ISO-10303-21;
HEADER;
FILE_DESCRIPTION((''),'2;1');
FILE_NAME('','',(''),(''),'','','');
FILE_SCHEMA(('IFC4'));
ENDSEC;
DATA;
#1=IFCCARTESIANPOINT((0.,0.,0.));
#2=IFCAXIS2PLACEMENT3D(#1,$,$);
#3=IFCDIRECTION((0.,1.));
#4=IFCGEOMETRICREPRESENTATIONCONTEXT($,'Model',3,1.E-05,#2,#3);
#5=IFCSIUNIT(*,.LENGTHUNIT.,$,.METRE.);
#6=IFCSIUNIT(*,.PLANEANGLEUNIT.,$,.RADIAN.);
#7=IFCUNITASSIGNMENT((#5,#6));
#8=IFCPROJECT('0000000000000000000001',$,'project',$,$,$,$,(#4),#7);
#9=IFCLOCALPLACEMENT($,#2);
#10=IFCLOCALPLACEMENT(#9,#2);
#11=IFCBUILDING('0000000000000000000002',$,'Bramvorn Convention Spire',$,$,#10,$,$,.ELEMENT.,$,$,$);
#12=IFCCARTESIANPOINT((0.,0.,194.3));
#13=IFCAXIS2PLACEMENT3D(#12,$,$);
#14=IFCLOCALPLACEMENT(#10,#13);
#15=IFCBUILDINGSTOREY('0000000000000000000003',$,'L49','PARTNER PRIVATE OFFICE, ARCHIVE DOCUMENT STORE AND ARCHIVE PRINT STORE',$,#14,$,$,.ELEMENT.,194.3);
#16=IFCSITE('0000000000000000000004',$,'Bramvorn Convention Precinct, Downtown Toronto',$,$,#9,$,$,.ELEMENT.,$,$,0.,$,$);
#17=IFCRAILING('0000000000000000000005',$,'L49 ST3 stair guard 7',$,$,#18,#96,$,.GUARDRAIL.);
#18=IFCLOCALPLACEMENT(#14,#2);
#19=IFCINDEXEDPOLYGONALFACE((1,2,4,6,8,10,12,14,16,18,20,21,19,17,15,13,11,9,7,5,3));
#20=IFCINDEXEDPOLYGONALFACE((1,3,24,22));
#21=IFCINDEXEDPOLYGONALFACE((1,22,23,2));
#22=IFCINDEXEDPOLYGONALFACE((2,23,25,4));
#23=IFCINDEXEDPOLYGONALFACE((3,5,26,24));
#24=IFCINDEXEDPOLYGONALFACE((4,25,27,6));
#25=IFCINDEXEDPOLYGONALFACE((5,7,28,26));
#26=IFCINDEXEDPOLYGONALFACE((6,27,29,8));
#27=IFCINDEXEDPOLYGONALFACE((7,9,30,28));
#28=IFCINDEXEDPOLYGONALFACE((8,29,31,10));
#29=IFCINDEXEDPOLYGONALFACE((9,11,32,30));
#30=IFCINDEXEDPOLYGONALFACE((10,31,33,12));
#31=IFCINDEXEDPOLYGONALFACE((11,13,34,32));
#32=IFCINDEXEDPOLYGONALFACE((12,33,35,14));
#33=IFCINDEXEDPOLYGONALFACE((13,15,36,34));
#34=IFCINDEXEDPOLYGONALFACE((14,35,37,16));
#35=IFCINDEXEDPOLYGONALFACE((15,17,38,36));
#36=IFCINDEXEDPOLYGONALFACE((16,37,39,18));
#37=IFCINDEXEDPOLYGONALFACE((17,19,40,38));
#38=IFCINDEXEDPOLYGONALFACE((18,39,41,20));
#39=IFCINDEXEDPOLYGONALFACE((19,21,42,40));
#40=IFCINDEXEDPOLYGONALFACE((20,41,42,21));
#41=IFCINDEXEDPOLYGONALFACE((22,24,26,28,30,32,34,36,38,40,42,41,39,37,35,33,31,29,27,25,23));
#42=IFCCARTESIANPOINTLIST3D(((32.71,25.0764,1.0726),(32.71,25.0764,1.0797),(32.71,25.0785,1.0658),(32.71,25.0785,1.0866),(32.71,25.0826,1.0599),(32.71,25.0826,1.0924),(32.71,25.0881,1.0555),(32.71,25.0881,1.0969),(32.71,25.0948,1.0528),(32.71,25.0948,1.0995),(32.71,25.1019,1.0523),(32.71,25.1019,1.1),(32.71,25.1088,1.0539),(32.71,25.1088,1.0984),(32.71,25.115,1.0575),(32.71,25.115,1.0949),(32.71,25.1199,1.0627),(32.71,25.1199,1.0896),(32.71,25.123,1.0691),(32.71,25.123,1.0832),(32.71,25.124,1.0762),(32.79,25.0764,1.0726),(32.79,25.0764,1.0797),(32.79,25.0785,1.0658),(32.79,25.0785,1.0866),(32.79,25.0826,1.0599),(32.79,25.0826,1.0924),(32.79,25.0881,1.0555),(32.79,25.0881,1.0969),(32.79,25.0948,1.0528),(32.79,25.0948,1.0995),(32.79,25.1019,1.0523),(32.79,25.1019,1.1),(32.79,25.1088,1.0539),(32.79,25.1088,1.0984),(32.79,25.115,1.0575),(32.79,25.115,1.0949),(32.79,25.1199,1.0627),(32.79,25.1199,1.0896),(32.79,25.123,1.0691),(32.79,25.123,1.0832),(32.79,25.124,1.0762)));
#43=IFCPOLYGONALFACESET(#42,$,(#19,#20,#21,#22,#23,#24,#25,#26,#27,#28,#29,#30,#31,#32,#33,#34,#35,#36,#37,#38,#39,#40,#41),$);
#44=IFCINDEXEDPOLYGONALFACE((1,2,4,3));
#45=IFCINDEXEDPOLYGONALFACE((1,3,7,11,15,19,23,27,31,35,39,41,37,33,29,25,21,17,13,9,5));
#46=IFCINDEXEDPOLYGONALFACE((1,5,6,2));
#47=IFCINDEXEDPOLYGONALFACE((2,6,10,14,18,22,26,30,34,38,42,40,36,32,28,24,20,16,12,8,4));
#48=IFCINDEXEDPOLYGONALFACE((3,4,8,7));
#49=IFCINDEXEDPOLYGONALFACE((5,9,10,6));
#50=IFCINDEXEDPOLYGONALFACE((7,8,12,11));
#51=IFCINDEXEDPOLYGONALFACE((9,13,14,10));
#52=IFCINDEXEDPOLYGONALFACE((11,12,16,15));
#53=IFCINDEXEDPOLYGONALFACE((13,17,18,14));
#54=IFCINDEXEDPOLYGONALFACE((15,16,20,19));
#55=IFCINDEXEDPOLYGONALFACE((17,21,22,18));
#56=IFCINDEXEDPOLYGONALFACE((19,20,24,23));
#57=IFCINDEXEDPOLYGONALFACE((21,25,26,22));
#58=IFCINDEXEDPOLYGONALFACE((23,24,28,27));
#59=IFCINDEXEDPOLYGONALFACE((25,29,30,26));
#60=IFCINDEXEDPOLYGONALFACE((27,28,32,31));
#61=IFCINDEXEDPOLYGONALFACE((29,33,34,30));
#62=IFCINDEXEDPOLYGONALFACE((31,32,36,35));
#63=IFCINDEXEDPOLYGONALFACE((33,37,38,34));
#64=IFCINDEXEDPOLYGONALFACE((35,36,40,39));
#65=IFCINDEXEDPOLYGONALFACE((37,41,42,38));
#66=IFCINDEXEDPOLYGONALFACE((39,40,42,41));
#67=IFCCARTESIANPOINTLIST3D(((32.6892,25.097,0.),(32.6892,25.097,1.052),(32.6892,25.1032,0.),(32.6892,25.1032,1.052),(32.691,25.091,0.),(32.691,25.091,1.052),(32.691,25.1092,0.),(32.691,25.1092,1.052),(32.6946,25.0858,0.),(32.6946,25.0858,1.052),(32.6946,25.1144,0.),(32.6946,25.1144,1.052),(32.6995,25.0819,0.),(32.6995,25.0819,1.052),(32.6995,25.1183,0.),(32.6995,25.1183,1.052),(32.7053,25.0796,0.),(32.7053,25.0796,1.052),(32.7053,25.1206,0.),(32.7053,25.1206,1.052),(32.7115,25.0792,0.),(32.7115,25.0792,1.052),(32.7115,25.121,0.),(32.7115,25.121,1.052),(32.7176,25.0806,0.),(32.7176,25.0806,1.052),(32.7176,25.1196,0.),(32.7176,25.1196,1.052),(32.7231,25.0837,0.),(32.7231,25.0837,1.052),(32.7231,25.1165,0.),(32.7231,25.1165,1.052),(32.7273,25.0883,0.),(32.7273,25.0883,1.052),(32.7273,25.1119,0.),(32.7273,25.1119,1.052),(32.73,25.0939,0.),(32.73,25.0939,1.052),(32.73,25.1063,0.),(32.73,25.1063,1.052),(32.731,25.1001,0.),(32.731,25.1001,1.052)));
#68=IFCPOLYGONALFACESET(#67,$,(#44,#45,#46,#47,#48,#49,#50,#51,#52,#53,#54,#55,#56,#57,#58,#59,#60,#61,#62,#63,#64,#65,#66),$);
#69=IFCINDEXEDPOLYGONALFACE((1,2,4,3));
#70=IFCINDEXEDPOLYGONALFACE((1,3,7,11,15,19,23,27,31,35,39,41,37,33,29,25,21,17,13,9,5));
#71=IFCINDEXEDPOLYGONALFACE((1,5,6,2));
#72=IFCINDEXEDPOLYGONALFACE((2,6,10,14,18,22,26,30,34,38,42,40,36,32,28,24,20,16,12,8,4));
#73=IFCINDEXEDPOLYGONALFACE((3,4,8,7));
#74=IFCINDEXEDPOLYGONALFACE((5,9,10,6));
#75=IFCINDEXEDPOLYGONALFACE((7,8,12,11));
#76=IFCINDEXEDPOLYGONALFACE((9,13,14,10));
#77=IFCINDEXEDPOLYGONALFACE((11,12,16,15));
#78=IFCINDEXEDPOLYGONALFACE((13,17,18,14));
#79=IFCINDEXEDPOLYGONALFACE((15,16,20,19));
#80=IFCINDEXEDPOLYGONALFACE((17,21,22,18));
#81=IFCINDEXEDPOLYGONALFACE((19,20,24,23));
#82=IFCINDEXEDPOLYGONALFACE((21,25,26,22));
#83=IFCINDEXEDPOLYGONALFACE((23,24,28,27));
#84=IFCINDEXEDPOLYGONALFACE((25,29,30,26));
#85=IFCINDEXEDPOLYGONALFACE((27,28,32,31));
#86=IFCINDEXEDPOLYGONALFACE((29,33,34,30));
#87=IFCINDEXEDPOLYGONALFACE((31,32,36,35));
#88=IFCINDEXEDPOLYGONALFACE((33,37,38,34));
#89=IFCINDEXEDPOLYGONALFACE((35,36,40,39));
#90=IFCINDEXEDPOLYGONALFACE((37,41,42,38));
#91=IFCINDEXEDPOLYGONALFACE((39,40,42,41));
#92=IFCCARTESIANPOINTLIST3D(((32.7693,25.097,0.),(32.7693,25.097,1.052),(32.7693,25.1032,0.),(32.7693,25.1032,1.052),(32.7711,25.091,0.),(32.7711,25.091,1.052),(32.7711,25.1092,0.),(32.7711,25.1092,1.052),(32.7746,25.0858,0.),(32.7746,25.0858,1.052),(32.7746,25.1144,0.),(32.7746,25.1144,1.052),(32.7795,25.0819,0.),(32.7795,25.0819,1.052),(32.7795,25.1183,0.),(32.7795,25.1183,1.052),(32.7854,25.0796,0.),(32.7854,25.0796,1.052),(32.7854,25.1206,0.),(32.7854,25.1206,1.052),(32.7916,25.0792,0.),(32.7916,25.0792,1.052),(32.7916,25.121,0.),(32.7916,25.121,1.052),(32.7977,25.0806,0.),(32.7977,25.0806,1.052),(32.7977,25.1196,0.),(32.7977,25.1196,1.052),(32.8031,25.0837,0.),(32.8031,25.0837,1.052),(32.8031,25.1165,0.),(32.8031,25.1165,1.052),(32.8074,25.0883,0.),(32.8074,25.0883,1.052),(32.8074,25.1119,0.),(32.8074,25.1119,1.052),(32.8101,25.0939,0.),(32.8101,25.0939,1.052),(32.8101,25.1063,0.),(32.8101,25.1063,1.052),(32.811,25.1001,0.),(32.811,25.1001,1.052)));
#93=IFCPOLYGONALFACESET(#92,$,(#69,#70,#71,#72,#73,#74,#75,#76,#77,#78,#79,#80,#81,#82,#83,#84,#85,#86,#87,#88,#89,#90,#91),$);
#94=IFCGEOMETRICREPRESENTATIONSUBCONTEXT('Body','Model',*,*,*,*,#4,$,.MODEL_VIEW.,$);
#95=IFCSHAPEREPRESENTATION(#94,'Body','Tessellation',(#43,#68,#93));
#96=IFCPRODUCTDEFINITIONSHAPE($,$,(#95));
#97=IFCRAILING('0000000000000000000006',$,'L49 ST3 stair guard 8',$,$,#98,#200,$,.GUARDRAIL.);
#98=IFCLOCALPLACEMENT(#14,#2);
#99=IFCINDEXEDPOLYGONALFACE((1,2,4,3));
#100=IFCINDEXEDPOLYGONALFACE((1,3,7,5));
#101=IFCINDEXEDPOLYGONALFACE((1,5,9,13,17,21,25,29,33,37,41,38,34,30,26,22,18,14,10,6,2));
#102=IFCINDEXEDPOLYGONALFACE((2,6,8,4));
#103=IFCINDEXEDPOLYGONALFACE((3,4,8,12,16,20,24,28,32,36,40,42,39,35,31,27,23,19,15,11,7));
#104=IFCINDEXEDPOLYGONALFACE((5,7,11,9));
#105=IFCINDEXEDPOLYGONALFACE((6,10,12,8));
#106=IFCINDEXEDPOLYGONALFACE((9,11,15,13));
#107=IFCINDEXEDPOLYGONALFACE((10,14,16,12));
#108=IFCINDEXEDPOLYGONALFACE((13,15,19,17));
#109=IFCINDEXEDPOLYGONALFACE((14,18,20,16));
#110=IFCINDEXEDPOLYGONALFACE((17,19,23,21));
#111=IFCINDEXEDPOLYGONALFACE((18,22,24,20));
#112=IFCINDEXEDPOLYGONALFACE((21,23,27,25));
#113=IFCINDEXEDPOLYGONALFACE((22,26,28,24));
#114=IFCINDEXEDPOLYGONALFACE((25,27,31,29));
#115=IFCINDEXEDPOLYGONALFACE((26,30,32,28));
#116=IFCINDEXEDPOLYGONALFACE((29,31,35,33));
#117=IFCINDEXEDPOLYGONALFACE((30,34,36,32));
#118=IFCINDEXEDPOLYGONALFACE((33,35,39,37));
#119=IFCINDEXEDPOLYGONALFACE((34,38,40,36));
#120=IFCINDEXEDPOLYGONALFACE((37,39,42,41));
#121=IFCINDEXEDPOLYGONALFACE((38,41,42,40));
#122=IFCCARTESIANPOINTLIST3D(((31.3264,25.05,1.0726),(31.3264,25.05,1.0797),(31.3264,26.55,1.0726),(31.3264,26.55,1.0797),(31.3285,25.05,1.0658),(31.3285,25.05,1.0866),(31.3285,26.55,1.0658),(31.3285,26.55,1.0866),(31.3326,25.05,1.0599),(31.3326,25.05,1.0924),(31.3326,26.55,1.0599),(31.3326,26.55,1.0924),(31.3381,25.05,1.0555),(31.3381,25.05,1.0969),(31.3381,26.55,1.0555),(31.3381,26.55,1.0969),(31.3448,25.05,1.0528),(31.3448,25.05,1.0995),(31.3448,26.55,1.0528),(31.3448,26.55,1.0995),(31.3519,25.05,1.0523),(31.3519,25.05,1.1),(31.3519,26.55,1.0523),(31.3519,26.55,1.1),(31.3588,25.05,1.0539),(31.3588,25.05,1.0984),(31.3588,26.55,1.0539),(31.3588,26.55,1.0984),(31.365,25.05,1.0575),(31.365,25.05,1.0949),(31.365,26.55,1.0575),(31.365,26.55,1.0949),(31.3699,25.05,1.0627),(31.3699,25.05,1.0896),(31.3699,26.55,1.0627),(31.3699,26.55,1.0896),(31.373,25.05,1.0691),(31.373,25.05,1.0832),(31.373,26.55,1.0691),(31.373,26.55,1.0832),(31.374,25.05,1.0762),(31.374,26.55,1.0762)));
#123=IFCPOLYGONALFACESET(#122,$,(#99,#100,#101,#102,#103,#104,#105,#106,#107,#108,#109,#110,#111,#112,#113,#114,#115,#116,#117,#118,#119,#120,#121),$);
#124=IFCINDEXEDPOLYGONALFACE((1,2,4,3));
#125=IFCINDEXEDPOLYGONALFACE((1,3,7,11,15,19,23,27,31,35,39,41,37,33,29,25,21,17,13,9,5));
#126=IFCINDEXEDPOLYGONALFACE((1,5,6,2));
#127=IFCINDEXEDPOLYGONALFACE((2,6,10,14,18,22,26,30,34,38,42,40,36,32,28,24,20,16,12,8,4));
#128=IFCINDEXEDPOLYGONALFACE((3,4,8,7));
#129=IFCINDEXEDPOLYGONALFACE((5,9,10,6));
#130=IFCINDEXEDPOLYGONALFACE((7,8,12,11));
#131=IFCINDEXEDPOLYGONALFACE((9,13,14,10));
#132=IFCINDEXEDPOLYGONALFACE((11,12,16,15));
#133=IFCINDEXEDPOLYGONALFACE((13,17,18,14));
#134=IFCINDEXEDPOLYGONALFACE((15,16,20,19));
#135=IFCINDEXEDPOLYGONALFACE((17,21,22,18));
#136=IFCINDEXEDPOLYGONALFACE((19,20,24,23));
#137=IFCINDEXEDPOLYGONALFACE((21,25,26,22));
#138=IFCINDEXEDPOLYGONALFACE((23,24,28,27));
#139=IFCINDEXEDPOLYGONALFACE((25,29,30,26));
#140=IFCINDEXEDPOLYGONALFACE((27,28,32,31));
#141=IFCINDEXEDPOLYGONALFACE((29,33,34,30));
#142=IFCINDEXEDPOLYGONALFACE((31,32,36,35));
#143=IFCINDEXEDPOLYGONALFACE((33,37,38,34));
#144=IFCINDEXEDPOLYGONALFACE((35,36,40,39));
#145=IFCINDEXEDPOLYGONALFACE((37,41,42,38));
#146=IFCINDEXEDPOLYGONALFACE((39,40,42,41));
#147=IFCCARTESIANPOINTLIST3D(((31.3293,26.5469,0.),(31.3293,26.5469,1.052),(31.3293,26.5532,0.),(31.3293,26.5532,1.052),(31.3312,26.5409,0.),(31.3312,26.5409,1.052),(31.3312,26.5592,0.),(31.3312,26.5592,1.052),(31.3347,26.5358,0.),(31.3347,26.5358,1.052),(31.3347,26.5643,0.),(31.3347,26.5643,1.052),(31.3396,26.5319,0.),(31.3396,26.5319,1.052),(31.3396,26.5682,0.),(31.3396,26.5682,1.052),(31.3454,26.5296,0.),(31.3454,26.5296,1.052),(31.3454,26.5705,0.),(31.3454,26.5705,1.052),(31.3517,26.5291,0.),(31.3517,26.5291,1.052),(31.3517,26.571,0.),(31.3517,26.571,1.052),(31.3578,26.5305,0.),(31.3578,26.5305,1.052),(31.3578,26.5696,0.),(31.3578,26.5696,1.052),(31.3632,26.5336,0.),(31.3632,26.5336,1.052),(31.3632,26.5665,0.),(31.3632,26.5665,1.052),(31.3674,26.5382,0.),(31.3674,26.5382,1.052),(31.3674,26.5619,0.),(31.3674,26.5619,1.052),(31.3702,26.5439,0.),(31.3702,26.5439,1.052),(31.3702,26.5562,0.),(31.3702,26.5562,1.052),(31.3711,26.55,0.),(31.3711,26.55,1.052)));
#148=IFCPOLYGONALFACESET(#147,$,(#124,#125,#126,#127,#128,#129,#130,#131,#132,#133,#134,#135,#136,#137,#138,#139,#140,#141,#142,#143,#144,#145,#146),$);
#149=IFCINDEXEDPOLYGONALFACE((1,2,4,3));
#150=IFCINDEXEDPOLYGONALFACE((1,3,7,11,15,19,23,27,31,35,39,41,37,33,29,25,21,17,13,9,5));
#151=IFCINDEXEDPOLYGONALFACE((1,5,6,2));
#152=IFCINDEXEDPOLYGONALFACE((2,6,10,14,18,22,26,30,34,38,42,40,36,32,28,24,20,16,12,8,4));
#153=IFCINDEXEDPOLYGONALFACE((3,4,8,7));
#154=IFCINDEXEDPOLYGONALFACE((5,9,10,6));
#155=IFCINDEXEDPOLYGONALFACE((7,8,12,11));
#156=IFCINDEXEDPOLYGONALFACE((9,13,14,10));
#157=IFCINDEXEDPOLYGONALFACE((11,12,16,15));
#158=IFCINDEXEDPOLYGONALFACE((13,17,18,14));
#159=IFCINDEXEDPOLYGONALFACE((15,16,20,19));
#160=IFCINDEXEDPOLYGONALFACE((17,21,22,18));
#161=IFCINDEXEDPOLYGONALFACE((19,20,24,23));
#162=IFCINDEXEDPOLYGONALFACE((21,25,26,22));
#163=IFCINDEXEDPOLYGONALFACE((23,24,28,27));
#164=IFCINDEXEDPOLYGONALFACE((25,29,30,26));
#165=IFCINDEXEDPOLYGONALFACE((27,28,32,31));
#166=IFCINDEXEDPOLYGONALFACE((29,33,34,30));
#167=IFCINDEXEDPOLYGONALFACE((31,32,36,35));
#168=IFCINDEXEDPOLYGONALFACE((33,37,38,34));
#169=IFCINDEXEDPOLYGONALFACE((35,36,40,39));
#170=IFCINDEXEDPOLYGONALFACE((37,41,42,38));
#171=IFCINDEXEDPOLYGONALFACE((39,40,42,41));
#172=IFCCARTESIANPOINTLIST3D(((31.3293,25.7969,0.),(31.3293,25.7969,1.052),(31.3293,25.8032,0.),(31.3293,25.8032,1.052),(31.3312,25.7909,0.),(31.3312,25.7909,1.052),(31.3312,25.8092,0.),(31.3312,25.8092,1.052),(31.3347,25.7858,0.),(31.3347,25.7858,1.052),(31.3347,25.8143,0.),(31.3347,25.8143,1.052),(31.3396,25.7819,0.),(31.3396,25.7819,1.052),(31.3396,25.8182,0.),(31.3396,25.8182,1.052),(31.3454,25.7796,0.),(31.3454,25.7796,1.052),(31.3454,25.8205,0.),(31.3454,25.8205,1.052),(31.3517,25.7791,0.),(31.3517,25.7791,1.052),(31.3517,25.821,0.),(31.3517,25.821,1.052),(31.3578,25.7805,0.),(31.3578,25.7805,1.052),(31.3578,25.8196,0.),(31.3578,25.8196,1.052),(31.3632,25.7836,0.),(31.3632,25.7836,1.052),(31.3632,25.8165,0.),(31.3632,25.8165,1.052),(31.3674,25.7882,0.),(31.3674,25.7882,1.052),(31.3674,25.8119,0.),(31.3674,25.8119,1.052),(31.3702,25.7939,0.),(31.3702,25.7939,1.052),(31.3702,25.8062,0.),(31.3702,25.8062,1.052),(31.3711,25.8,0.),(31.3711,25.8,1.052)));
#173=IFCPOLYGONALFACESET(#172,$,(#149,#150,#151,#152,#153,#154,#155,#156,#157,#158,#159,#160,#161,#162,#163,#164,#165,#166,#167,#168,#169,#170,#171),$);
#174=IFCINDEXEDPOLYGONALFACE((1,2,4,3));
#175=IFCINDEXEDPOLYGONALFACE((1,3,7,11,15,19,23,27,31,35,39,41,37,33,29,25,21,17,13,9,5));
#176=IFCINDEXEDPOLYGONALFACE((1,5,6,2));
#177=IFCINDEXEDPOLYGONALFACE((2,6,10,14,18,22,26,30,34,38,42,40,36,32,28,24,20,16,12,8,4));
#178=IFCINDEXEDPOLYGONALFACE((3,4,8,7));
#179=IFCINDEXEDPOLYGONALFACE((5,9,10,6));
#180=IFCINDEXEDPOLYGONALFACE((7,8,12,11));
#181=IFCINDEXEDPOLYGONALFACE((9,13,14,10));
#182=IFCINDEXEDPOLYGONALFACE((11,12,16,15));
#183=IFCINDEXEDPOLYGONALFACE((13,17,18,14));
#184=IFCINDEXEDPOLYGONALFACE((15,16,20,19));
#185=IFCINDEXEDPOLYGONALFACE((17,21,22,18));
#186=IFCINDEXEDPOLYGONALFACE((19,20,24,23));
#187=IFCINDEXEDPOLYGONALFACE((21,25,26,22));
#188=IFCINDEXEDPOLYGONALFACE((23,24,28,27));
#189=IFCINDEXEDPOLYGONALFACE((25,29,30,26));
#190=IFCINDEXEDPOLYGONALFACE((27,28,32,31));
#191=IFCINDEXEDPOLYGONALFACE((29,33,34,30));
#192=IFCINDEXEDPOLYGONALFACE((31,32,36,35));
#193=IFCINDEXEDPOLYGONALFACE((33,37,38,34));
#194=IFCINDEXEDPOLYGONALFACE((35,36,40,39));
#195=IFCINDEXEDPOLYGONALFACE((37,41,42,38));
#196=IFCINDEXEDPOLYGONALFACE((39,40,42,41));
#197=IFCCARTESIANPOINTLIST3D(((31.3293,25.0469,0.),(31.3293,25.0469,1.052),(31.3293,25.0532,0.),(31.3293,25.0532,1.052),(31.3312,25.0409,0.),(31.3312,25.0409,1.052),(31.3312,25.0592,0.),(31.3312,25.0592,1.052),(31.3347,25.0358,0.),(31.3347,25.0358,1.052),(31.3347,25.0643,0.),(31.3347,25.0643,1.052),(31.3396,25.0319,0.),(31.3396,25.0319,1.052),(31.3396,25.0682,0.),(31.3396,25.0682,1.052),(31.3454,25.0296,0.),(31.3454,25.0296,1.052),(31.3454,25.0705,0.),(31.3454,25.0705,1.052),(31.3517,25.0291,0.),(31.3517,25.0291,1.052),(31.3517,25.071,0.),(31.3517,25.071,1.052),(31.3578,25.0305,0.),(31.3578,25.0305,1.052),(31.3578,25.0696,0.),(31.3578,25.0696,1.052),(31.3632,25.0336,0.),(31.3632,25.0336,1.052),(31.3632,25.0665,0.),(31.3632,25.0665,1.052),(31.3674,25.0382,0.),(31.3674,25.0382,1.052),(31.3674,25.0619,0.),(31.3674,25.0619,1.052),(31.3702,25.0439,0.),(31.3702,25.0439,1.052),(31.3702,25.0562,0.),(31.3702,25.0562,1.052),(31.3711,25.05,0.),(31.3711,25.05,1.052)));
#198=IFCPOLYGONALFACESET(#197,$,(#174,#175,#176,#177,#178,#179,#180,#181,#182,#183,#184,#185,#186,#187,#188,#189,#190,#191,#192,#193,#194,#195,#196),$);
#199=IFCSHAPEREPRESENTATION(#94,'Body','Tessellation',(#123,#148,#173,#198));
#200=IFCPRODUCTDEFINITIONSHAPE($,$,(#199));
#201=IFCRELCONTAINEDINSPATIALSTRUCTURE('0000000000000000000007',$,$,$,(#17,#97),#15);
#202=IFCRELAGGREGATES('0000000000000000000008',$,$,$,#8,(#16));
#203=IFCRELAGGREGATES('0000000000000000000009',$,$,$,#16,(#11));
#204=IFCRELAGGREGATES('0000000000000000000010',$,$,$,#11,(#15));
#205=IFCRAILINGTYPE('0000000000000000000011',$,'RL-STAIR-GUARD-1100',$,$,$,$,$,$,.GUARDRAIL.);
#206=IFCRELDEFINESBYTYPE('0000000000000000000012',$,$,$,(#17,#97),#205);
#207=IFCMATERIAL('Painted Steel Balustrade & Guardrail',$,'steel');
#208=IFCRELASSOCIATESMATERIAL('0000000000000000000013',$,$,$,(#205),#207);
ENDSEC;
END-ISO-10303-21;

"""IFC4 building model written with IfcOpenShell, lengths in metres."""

from ifc_helpers import new_model, si_unit, direction, frame, origin, origin_2d, place, context, subcontext, project, spatial, circle, extrude, material, type_object, element, save


model = new_model("IFC4")

# Units and contexts
model_context = context("Model", 3, precision=1e-05, world=origin(), true_north=direction((0.0, 1.0)))
body_context = subcontext(model_context, "Body", "Model", "MODEL_VIEW")
ifc_project = project(units=[si_unit("LENGTHUNIT", "METRE"), si_unit("PLANEANGLEUNIT", "RADIAN")], contexts=[model_context])

# Site, building, storey
site_placement = place(None, origin())
site = spatial("IfcSite", under=ifc_project, at=site_placement, Name="Bramvorn Convention Precinct, Downtown Toronto", CompositionType="ELEMENT", RefElevation=0.0)
building_placement = place(site_placement, origin())
building = spatial("IfcBuilding", under=site, at=building_placement, Name="Bramvorn Convention Spire", CompositionType="ELEMENT")
storey_placement = place(building_placement, frame((0.0, 0.0, 194.3)))
storey = spatial("IfcBuildingStorey", under=building, at=storey_placement, Name="L49", Description="PARTNER PRIVATE OFFICE, ARCHIVE DOCUMENT STORE AND ARCHIVE PRINT STORE", CompositionType="ELEMENT", Elevation=194.3)

# Railings
ifc_material_1 = material(Name="Painted Steel Balustrade & Guardrail", Category="steel")
railing_type_1 = type_object("IfcRailingType", Name="RL-STAIR-GUARD-1100", PredefinedType="GUARDRAIL", material=ifc_material_1)
railing_1_placement = place(storey_placement, frame((32.71, 25.1001, 0.0)))
element("IfcRailing", 1, at=railing_1_placement, inside=storey, type_object=railing_type_1, Name="L49 ST3 stair guard 7", PredefinedType="GUARDRAIL", context=body_context, shape_type="SweptSolid", body=[
    extrude(circle(Radius=0.0239, at=origin_2d()), frame((0.0, 0.0, 1.0762), z_axis=(1.0, 0.0, 0.0), x_axis=(0.0, 1.0, 0.0)), (0.0, 0.0, 1.0), 0.0801),
    extrude(circle(Radius=0.021, at=origin_2d()), origin(), (0.0, 0.0, 1.0), 1.052),
    extrude(circle(Radius=0.021, at=origin_2d()), frame((0.0801, 0.0, 0.0)), (0.0, 0.0, 1.0), 1.052),
])
railing_2_placement = place(storey_placement, frame((31.3501, 26.55, 0.0)))
element("IfcRailing", 2, at=railing_2_placement, inside=storey, type_object=railing_type_1, Name="L49 ST3 stair guard 8", PredefinedType="GUARDRAIL", context=body_context, shape_type="SweptSolid", body=[
    extrude(circle(Radius=0.0239, at=origin_2d()), frame((0.0, 0.0, 1.0762), z_axis=(0.0, -1.0, 0.0), x_axis=(1.0, 0.0, 0.0)), (0.0, 0.0, 1.0), 1.5),
    extrude(circle(Radius=0.021, at=origin_2d()), origin(), (0.0, 0.0, 1.0), 1.052),
    extrude(circle(Radius=0.021, at=origin_2d()), frame((0.0, -0.75, 0.0)), (0.0, 0.0, 1.0), 1.052),
    extrude(circle(Radius=0.021, at=origin_2d()), frame((0.0, -1.5, 0.0)), (0.0, 0.0, 1.0), 1.052),
])

save(model, "model.ifc")
